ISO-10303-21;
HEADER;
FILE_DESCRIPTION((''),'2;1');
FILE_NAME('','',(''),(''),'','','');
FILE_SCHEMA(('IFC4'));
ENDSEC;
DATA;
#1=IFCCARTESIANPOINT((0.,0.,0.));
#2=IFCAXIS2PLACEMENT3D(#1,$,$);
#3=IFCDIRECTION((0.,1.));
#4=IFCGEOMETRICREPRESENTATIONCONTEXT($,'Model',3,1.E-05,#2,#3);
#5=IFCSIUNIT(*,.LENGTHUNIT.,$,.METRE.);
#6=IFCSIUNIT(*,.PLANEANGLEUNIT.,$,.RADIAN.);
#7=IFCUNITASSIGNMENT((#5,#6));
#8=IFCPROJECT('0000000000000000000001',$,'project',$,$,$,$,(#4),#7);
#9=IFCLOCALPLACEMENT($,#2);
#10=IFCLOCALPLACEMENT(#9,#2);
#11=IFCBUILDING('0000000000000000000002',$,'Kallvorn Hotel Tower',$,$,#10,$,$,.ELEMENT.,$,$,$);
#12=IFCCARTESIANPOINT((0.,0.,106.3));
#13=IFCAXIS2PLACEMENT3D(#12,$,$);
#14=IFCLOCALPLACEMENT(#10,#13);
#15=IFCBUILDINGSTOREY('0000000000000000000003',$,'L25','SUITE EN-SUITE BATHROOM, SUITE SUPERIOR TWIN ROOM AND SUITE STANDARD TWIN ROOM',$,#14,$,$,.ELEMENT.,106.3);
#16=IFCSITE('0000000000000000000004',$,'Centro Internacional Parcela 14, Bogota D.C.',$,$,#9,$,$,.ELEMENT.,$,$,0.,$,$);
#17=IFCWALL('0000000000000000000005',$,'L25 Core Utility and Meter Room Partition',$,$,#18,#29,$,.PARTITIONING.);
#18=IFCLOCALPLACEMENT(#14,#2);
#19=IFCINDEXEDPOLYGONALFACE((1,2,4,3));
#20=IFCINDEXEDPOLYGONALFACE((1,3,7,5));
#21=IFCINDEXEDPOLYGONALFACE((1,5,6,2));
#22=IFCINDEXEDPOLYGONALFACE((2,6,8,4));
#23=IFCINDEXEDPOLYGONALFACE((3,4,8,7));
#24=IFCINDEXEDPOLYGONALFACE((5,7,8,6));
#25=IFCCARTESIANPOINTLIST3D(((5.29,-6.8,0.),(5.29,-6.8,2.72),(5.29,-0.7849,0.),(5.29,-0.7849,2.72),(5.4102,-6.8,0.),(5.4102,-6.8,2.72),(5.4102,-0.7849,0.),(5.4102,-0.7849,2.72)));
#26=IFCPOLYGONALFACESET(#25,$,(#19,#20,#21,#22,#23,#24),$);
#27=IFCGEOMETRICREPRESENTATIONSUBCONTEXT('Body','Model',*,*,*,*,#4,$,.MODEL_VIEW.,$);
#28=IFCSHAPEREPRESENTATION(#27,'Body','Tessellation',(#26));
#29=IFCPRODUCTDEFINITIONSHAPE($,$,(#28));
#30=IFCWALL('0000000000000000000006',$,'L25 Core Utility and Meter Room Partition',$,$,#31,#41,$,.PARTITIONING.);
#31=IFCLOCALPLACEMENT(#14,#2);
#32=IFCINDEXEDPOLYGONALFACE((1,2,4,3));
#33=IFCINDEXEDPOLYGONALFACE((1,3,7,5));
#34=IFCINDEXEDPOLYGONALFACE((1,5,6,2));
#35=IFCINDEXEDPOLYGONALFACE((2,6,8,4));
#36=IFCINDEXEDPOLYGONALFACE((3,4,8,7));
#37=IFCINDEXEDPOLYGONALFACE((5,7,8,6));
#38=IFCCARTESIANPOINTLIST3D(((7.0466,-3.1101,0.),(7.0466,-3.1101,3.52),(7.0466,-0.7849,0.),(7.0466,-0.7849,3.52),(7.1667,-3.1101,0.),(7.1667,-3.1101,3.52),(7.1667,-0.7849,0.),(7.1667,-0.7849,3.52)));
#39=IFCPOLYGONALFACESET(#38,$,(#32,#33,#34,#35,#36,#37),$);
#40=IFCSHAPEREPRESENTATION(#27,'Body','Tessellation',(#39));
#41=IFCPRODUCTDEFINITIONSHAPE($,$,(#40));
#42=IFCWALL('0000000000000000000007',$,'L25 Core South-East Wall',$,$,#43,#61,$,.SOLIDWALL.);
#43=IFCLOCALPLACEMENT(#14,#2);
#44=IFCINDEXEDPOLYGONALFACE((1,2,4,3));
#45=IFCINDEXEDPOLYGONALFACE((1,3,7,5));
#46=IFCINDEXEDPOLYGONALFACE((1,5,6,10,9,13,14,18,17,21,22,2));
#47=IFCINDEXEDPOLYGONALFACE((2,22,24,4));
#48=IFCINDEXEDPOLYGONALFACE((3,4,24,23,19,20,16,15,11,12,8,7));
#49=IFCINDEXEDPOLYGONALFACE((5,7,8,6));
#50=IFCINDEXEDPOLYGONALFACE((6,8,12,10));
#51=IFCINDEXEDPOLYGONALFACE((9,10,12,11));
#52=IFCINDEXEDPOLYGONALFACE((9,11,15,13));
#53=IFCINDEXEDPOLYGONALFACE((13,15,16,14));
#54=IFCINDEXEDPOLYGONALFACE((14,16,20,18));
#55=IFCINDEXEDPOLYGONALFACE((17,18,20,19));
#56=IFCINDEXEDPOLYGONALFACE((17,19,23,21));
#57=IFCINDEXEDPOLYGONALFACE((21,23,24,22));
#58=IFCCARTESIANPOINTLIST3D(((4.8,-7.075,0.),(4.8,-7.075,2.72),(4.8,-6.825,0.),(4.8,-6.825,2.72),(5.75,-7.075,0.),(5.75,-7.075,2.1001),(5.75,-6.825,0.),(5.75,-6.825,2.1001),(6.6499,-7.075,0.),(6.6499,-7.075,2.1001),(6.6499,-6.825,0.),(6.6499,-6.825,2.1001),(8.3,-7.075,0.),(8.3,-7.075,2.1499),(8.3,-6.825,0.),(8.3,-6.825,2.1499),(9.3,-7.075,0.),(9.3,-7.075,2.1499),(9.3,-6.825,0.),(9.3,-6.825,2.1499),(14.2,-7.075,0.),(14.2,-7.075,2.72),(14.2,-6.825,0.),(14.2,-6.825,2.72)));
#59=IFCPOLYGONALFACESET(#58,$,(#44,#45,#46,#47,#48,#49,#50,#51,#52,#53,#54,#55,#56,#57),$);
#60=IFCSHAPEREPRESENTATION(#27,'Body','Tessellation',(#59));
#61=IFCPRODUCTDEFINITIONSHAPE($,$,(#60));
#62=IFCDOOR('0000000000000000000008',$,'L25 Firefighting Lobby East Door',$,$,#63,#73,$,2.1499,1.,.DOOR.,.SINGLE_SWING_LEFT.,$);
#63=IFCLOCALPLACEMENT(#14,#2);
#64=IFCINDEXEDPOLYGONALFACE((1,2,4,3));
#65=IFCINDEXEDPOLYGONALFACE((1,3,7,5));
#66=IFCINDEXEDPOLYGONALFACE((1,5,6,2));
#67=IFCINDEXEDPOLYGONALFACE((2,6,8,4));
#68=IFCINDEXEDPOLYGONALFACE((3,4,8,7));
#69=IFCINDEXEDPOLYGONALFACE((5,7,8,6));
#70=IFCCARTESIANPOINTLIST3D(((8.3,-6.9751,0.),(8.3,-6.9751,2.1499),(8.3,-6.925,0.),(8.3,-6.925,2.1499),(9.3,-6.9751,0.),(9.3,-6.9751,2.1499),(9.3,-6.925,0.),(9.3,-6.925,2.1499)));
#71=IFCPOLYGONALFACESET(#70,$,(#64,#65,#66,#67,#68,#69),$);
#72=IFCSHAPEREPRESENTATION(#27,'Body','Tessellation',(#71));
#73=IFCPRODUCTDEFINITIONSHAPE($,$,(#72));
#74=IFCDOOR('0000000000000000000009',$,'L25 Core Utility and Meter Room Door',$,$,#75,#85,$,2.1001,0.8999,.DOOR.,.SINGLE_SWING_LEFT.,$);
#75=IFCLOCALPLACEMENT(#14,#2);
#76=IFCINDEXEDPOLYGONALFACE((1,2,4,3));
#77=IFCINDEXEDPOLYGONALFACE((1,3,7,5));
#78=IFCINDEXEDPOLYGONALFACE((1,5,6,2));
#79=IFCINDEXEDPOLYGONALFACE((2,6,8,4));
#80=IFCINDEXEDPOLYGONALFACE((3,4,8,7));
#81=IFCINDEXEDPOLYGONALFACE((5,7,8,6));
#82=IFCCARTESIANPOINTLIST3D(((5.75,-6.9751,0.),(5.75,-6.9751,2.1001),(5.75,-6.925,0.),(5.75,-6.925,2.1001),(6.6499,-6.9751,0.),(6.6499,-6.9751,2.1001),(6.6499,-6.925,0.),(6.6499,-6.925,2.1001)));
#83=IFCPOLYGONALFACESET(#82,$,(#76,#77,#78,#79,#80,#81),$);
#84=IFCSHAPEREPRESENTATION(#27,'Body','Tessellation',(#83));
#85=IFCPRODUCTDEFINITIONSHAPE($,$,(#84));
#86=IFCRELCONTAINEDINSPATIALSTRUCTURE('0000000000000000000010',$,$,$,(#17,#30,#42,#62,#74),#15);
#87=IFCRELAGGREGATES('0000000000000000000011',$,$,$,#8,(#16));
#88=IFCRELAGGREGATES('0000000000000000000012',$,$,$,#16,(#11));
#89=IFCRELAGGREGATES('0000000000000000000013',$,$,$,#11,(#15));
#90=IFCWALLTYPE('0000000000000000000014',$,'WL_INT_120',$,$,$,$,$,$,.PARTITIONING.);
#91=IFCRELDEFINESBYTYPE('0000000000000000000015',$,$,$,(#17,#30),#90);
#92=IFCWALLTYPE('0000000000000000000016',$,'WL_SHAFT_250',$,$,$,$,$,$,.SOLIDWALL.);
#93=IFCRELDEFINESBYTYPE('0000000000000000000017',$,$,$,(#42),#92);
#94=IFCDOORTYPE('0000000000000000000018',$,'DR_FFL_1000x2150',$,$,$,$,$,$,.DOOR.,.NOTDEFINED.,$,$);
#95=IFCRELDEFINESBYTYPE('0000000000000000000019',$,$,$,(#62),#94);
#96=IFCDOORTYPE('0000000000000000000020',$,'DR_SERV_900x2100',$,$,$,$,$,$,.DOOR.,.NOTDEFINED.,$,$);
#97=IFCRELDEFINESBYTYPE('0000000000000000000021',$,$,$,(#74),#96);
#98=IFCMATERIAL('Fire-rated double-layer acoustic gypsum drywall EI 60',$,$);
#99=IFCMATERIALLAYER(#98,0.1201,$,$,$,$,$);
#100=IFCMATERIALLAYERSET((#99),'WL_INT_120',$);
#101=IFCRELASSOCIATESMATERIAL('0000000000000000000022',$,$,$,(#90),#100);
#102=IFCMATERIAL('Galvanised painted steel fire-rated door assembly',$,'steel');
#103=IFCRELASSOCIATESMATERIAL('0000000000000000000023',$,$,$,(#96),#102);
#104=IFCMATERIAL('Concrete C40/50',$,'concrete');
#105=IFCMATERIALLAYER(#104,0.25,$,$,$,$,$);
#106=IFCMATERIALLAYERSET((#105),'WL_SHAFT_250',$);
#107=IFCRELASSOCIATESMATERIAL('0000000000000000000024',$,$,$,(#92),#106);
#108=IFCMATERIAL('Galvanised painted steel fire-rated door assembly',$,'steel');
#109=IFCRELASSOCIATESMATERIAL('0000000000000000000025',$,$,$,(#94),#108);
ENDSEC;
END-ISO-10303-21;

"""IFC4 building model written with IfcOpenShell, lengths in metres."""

from ifc_helpers import new_model, si_unit, direction, frame, frame_2d, origin, place, context, subcontext, project, spatial, rectangle, extrude, material, layer, layer_set, type_object, element, fill, save


model = new_model("IFC4")

# Units and contexts
model_context = context("Model", 3, precision=1e-05, world=origin(), true_north=direction((0.0, 1.0)))
body_context = subcontext(model_context, "Body", "Model", "MODEL_VIEW")
ifc_project = project(units=[si_unit("LENGTHUNIT", "METRE"), si_unit("PLANEANGLEUNIT", "RADIAN")], contexts=[model_context])

# Site, building, storey
site_placement = place(None, origin())
site = spatial("IfcSite", under=ifc_project, at=site_placement, Name="Centro Internacional Parcela 14, Bogota D.C.", CompositionType="ELEMENT", RefElevation=0.0)
building_placement = place(site_placement, origin())
building = spatial("IfcBuilding", under=site, at=building_placement, Name="Kallvorn Hotel Tower", CompositionType="ELEMENT")
storey_placement = place(building_placement, frame((0.0, 0.0, 106.3)))
storey = spatial("IfcBuildingStorey", under=building, at=storey_placement, Name="L25", Description="SUITE EN-SUITE BATHROOM, SUITE SUPERIOR TWIN ROOM AND SUITE STANDARD TWIN ROOM", CompositionType="ELEMENT", Elevation=106.3)

# Shared definitions
ifc_material_1 = material(Name="Fire-rated double-layer acoustic gypsum drywall EI 60")
ifc_layer_1 = layer(ifc_material_1, 0.1201)
ifc_layer_set_1 = layer_set([ifc_layer_1], Name="WL_INT_120")
wall_type_1 = type_object("IfcWallType", Name="WL_INT_120", PredefinedType="PARTITIONING", material=ifc_layer_set_1)

# Shared definitions
ifc_material_2 = material(Name="Galvanised painted steel fire-rated door assembly", Category="steel")
door_type_1 = type_object("IfcDoorType", Name="DR_SERV_900x2100", OperationType="NOTDEFINED", PredefinedType="DOOR", material=ifc_material_2)

# Walls
wall_1_placement = place(storey_placement, frame((5.3501, -6.8, 0.0), z_axis=(0.0, 0.0, 1.0), x_axis=(0.0, 1.0, 0.0)))
element("IfcWall", 1, at=wall_1_placement, inside=storey, type_object=wall_type_1, Name="L25 Core Utility and Meter Room Partition", PredefinedType="PARTITIONING", context=body_context, shape_type="SweptSolid", body=[
    extrude(rectangle(XDim=6.0151, YDim=0.1201, at=frame_2d((3.0076, 0.0))), origin(), (0.0, 0.0, 1.0), 2.72),
])
wall_2_placement = place(storey_placement, frame((7.1067, -3.1101, 0.0), z_axis=(0.0, 0.0, 1.0), x_axis=(0.0, 1.0, 0.0)))
element("IfcWall", 2, at=wall_2_placement, inside=storey, type_object=wall_type_1, Name="L25 Core Utility and Meter Room Partition", PredefinedType="PARTITIONING", context=body_context, shape_type="SweptSolid", body=[
    extrude(rectangle(XDim=2.3252, YDim=0.1201, at=frame_2d((1.1626, 0.0))), origin(), (0.0, 0.0, 1.0), 3.52),
])

# Wall, openings, doors
ifc_material_3 = material(Name="Concrete C40/50", Category="concrete")
ifc_layer_2 = layer(ifc_material_3, 0.25)
ifc_layer_set_2 = layer_set([ifc_layer_2], Name="WL_SHAFT_250")
wall_type_2 = type_object("IfcWallType", Name="WL_SHAFT_250", PredefinedType="SOLIDWALL", material=ifc_layer_set_2)
wall_3_placement = place(storey_placement, frame((4.8, -6.95, 0.0), z_axis=(0.0, 0.0, 1.0), x_axis=(1.0, 0.0, 0.0)))
wall_3 = element("IfcWall", 3, at=wall_3_placement, inside=storey, type_object=wall_type_2, Name="L25 Core South-East Wall", PredefinedType="SOLIDWALL", context=body_context, shape_type="SweptSolid", body=[
    extrude(rectangle(XDim=9.3999, YDim=0.25, at=frame_2d((4.7, 0.0))), origin(), (0.0, 0.0, 1.0), 2.72),
])
opening_1_placement = place(wall_3_placement, frame((3.5, 0.0, 0.0)))
opening_1 = element("IfcOpeningElement", 4, at=opening_1_placement, cuts=wall_3, PredefinedType="OPENING", context=body_context, shape_type="SweptSolid", body=[
    extrude(rectangle(XDim=1.0, YDim=2.1499, at=frame_2d((0.5, 1.075))), frame((0.0, 0.1399, 0.0), z_axis=(0.0, -1.0, 0.0), x_axis=(1.0, 0.0, 0.0)), (0.0, 0.0, 1.0), 0.28),
])
opening_2_placement = place(wall_3_placement, frame((0.95, 0.0, 0.0)))
opening_2 = element("IfcOpeningElement", 5, at=opening_2_placement, cuts=wall_3, PredefinedType="OPENING", context=body_context, shape_type="SweptSolid", body=[
    extrude(rectangle(XDim=0.8999, YDim=2.1001, at=frame_2d((0.45, 1.05))), frame((0.0, 0.1399, 0.0), z_axis=(0.0, -1.0, 0.0), x_axis=(1.0, 0.0, 0.0)), (0.0, 0.0, 1.0), 0.28),
])
ifc_material_4 = material(Name="Galvanised painted steel fire-rated door assembly", Category="steel")
door_type_2 = type_object("IfcDoorType", Name="DR_FFL_1000x2150", OperationType="NOTDEFINED", PredefinedType="DOOR", material=ifc_material_4)
door_1_placement = place(opening_1_placement, origin())
door_1 = element("IfcDoor", 6, at=door_1_placement, inside=storey, type_object=door_type_2, Name="L25 Firefighting Lobby East Door", OperationType="SINGLE_SWING_LEFT", OverallHeight=2.1499, OverallWidth=1.0, PredefinedType="DOOR", context=body_context, shape_type="SweptSolid", body=[
    extrude(rectangle(XDim=1.0, YDim=2.1499, at=frame_2d((0.5, 1.075))), frame((0.0, 0.0249, 0.0), z_axis=(0.0, -1.0, 0.0), x_axis=(1.0, 0.0, 0.0)), (0.0, 0.0, 1.0), 0.05),
])
fill(opening_1, door_1)
door_2_placement = place(opening_2_placement, origin())
door_2 = element("IfcDoor", 7, at=door_2_placement, inside=storey, type_object=door_type_1, Name="L25 Core Utility and Meter Room Door", OperationType="SINGLE_SWING_LEFT", OverallHeight=2.1001, OverallWidth=0.8999, PredefinedType="DOOR", context=body_context, shape_type="SweptSolid", body=[
    extrude(rectangle(XDim=0.8999, YDim=2.1001, at=frame_2d((0.45, 1.05))), frame((0.0, 0.0249, 0.0), z_axis=(0.0, -1.0, 0.0), x_axis=(1.0, 0.0, 0.0)), (0.0, 0.0, 1.0), 0.05),
])
fill(opening_2, door_2)

save(model, "model.ifc")
